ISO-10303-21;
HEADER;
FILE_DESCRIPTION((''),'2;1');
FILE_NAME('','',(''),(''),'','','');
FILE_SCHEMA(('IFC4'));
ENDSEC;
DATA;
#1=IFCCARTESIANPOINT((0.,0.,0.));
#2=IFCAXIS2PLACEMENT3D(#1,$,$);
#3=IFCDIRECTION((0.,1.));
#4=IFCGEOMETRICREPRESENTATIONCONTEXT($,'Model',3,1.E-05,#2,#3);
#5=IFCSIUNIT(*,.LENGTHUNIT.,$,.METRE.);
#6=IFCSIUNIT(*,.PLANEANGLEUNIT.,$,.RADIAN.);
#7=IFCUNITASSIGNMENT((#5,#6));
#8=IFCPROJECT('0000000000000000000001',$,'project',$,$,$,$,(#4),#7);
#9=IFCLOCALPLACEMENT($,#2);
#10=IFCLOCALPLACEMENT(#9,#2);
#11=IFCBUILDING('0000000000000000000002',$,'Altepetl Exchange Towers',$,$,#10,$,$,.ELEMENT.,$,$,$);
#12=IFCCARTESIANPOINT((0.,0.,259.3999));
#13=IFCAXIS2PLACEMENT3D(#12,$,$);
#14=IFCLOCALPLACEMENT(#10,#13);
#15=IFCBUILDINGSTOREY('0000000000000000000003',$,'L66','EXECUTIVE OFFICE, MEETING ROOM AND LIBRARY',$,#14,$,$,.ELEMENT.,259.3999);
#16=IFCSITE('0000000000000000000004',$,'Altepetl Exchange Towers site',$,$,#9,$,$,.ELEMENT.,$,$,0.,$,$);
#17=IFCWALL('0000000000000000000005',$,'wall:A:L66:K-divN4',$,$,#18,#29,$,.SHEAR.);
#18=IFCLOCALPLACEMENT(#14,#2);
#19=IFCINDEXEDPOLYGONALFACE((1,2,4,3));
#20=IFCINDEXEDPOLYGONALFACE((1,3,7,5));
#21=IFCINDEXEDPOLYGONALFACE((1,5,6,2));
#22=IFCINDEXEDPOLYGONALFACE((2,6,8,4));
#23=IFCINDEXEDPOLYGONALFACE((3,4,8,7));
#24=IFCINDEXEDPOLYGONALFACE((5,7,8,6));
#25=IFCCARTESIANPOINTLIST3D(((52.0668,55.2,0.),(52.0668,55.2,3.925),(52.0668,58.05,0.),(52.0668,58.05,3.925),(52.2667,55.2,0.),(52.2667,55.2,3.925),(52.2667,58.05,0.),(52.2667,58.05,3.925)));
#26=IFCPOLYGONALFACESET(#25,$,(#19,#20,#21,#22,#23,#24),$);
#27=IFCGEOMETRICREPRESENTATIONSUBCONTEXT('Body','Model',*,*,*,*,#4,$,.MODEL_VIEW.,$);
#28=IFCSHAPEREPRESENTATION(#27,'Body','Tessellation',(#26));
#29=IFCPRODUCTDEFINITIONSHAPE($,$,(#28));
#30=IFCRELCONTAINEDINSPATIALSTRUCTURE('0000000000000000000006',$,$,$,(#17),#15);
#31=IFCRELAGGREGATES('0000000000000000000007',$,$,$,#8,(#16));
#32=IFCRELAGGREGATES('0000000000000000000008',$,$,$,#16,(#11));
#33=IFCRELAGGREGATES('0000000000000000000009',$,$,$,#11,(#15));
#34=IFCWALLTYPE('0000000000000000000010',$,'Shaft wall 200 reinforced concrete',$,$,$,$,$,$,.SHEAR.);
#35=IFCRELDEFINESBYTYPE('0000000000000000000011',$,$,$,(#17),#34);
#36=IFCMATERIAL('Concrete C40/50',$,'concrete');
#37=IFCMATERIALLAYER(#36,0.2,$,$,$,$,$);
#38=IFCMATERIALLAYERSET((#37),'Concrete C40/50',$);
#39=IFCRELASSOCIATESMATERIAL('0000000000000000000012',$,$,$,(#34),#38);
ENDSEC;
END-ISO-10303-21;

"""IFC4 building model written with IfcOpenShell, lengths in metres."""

from ifc_helpers import new_model, si_unit, direction, frame, frame_2d, origin, place, context, subcontext, project, spatial, rectangle, extrude, material, layer, layer_set, type_object, element, save


model = new_model("IFC4")

# Units and contexts
model_context = context("Model", 3, precision=1e-05, world=origin(), true_north=direction((0.0, 1.0)))
body_context = subcontext(model_context, "Body", "Model", "MODEL_VIEW")
ifc_project = project(units=[si_unit("LENGTHUNIT", "METRE"), si_unit("PLANEANGLEUNIT", "RADIAN")], contexts=[model_context])

# Site, building, storey
site_placement = place(None, origin())
site = spatial("IfcSite", under=ifc_project, at=site_placement, Name="Altepetl Exchange Towers site", CompositionType="ELEMENT", RefElevation=0.0)
building_placement = place(site_placement, origin())
building = spatial("IfcBuilding", under=site, at=building_placement, Name="Altepetl Exchange Towers", CompositionType="ELEMENT")
storey_placement = place(building_placement, frame((0.0, 0.0, 259.3999)))
storey = spatial("IfcBuildingStorey", under=building, at=storey_placement, Name="L66", Description="EXECUTIVE OFFICE, MEETING ROOM AND LIBRARY", CompositionType="ELEMENT", Elevation=259.3999)

# Wall
ifc_material_1 = material(Name="Concrete C40/50", Category="concrete")
ifc_layer_1 = layer(ifc_material_1, 0.2)
ifc_layer_set_1 = layer_set([ifc_layer_1], Name="Concrete C40/50")
wall_type_1 = type_object("IfcWallType", Name="Shaft wall 200 reinforced concrete", PredefinedType="SHEAR", material=ifc_layer_set_1)
for number, where, z_axis, x_axis, name in (
    (1, (52.1667, 58.05, 0.0), (0.0, 0.0, 1.0), (0.0, -1.0, 0.0), "wall:A:L66:K-divN4"),
):
    element("IfcWall", number, at=place(storey_placement, frame(where, z_axis=z_axis, x_axis=x_axis)), inside=storey, type_object=wall_type_1, Name=name, PredefinedType="SHEAR", context=body_context, shape_type="SweptSolid", body=[
        extrude(rectangle(XDim=2.8501, YDim=0.2, at=frame_2d((1.425, 0.0))), origin(), (0.0, 0.0, 1.0), 3.925),
    ])

save(model, "model.ifc")
